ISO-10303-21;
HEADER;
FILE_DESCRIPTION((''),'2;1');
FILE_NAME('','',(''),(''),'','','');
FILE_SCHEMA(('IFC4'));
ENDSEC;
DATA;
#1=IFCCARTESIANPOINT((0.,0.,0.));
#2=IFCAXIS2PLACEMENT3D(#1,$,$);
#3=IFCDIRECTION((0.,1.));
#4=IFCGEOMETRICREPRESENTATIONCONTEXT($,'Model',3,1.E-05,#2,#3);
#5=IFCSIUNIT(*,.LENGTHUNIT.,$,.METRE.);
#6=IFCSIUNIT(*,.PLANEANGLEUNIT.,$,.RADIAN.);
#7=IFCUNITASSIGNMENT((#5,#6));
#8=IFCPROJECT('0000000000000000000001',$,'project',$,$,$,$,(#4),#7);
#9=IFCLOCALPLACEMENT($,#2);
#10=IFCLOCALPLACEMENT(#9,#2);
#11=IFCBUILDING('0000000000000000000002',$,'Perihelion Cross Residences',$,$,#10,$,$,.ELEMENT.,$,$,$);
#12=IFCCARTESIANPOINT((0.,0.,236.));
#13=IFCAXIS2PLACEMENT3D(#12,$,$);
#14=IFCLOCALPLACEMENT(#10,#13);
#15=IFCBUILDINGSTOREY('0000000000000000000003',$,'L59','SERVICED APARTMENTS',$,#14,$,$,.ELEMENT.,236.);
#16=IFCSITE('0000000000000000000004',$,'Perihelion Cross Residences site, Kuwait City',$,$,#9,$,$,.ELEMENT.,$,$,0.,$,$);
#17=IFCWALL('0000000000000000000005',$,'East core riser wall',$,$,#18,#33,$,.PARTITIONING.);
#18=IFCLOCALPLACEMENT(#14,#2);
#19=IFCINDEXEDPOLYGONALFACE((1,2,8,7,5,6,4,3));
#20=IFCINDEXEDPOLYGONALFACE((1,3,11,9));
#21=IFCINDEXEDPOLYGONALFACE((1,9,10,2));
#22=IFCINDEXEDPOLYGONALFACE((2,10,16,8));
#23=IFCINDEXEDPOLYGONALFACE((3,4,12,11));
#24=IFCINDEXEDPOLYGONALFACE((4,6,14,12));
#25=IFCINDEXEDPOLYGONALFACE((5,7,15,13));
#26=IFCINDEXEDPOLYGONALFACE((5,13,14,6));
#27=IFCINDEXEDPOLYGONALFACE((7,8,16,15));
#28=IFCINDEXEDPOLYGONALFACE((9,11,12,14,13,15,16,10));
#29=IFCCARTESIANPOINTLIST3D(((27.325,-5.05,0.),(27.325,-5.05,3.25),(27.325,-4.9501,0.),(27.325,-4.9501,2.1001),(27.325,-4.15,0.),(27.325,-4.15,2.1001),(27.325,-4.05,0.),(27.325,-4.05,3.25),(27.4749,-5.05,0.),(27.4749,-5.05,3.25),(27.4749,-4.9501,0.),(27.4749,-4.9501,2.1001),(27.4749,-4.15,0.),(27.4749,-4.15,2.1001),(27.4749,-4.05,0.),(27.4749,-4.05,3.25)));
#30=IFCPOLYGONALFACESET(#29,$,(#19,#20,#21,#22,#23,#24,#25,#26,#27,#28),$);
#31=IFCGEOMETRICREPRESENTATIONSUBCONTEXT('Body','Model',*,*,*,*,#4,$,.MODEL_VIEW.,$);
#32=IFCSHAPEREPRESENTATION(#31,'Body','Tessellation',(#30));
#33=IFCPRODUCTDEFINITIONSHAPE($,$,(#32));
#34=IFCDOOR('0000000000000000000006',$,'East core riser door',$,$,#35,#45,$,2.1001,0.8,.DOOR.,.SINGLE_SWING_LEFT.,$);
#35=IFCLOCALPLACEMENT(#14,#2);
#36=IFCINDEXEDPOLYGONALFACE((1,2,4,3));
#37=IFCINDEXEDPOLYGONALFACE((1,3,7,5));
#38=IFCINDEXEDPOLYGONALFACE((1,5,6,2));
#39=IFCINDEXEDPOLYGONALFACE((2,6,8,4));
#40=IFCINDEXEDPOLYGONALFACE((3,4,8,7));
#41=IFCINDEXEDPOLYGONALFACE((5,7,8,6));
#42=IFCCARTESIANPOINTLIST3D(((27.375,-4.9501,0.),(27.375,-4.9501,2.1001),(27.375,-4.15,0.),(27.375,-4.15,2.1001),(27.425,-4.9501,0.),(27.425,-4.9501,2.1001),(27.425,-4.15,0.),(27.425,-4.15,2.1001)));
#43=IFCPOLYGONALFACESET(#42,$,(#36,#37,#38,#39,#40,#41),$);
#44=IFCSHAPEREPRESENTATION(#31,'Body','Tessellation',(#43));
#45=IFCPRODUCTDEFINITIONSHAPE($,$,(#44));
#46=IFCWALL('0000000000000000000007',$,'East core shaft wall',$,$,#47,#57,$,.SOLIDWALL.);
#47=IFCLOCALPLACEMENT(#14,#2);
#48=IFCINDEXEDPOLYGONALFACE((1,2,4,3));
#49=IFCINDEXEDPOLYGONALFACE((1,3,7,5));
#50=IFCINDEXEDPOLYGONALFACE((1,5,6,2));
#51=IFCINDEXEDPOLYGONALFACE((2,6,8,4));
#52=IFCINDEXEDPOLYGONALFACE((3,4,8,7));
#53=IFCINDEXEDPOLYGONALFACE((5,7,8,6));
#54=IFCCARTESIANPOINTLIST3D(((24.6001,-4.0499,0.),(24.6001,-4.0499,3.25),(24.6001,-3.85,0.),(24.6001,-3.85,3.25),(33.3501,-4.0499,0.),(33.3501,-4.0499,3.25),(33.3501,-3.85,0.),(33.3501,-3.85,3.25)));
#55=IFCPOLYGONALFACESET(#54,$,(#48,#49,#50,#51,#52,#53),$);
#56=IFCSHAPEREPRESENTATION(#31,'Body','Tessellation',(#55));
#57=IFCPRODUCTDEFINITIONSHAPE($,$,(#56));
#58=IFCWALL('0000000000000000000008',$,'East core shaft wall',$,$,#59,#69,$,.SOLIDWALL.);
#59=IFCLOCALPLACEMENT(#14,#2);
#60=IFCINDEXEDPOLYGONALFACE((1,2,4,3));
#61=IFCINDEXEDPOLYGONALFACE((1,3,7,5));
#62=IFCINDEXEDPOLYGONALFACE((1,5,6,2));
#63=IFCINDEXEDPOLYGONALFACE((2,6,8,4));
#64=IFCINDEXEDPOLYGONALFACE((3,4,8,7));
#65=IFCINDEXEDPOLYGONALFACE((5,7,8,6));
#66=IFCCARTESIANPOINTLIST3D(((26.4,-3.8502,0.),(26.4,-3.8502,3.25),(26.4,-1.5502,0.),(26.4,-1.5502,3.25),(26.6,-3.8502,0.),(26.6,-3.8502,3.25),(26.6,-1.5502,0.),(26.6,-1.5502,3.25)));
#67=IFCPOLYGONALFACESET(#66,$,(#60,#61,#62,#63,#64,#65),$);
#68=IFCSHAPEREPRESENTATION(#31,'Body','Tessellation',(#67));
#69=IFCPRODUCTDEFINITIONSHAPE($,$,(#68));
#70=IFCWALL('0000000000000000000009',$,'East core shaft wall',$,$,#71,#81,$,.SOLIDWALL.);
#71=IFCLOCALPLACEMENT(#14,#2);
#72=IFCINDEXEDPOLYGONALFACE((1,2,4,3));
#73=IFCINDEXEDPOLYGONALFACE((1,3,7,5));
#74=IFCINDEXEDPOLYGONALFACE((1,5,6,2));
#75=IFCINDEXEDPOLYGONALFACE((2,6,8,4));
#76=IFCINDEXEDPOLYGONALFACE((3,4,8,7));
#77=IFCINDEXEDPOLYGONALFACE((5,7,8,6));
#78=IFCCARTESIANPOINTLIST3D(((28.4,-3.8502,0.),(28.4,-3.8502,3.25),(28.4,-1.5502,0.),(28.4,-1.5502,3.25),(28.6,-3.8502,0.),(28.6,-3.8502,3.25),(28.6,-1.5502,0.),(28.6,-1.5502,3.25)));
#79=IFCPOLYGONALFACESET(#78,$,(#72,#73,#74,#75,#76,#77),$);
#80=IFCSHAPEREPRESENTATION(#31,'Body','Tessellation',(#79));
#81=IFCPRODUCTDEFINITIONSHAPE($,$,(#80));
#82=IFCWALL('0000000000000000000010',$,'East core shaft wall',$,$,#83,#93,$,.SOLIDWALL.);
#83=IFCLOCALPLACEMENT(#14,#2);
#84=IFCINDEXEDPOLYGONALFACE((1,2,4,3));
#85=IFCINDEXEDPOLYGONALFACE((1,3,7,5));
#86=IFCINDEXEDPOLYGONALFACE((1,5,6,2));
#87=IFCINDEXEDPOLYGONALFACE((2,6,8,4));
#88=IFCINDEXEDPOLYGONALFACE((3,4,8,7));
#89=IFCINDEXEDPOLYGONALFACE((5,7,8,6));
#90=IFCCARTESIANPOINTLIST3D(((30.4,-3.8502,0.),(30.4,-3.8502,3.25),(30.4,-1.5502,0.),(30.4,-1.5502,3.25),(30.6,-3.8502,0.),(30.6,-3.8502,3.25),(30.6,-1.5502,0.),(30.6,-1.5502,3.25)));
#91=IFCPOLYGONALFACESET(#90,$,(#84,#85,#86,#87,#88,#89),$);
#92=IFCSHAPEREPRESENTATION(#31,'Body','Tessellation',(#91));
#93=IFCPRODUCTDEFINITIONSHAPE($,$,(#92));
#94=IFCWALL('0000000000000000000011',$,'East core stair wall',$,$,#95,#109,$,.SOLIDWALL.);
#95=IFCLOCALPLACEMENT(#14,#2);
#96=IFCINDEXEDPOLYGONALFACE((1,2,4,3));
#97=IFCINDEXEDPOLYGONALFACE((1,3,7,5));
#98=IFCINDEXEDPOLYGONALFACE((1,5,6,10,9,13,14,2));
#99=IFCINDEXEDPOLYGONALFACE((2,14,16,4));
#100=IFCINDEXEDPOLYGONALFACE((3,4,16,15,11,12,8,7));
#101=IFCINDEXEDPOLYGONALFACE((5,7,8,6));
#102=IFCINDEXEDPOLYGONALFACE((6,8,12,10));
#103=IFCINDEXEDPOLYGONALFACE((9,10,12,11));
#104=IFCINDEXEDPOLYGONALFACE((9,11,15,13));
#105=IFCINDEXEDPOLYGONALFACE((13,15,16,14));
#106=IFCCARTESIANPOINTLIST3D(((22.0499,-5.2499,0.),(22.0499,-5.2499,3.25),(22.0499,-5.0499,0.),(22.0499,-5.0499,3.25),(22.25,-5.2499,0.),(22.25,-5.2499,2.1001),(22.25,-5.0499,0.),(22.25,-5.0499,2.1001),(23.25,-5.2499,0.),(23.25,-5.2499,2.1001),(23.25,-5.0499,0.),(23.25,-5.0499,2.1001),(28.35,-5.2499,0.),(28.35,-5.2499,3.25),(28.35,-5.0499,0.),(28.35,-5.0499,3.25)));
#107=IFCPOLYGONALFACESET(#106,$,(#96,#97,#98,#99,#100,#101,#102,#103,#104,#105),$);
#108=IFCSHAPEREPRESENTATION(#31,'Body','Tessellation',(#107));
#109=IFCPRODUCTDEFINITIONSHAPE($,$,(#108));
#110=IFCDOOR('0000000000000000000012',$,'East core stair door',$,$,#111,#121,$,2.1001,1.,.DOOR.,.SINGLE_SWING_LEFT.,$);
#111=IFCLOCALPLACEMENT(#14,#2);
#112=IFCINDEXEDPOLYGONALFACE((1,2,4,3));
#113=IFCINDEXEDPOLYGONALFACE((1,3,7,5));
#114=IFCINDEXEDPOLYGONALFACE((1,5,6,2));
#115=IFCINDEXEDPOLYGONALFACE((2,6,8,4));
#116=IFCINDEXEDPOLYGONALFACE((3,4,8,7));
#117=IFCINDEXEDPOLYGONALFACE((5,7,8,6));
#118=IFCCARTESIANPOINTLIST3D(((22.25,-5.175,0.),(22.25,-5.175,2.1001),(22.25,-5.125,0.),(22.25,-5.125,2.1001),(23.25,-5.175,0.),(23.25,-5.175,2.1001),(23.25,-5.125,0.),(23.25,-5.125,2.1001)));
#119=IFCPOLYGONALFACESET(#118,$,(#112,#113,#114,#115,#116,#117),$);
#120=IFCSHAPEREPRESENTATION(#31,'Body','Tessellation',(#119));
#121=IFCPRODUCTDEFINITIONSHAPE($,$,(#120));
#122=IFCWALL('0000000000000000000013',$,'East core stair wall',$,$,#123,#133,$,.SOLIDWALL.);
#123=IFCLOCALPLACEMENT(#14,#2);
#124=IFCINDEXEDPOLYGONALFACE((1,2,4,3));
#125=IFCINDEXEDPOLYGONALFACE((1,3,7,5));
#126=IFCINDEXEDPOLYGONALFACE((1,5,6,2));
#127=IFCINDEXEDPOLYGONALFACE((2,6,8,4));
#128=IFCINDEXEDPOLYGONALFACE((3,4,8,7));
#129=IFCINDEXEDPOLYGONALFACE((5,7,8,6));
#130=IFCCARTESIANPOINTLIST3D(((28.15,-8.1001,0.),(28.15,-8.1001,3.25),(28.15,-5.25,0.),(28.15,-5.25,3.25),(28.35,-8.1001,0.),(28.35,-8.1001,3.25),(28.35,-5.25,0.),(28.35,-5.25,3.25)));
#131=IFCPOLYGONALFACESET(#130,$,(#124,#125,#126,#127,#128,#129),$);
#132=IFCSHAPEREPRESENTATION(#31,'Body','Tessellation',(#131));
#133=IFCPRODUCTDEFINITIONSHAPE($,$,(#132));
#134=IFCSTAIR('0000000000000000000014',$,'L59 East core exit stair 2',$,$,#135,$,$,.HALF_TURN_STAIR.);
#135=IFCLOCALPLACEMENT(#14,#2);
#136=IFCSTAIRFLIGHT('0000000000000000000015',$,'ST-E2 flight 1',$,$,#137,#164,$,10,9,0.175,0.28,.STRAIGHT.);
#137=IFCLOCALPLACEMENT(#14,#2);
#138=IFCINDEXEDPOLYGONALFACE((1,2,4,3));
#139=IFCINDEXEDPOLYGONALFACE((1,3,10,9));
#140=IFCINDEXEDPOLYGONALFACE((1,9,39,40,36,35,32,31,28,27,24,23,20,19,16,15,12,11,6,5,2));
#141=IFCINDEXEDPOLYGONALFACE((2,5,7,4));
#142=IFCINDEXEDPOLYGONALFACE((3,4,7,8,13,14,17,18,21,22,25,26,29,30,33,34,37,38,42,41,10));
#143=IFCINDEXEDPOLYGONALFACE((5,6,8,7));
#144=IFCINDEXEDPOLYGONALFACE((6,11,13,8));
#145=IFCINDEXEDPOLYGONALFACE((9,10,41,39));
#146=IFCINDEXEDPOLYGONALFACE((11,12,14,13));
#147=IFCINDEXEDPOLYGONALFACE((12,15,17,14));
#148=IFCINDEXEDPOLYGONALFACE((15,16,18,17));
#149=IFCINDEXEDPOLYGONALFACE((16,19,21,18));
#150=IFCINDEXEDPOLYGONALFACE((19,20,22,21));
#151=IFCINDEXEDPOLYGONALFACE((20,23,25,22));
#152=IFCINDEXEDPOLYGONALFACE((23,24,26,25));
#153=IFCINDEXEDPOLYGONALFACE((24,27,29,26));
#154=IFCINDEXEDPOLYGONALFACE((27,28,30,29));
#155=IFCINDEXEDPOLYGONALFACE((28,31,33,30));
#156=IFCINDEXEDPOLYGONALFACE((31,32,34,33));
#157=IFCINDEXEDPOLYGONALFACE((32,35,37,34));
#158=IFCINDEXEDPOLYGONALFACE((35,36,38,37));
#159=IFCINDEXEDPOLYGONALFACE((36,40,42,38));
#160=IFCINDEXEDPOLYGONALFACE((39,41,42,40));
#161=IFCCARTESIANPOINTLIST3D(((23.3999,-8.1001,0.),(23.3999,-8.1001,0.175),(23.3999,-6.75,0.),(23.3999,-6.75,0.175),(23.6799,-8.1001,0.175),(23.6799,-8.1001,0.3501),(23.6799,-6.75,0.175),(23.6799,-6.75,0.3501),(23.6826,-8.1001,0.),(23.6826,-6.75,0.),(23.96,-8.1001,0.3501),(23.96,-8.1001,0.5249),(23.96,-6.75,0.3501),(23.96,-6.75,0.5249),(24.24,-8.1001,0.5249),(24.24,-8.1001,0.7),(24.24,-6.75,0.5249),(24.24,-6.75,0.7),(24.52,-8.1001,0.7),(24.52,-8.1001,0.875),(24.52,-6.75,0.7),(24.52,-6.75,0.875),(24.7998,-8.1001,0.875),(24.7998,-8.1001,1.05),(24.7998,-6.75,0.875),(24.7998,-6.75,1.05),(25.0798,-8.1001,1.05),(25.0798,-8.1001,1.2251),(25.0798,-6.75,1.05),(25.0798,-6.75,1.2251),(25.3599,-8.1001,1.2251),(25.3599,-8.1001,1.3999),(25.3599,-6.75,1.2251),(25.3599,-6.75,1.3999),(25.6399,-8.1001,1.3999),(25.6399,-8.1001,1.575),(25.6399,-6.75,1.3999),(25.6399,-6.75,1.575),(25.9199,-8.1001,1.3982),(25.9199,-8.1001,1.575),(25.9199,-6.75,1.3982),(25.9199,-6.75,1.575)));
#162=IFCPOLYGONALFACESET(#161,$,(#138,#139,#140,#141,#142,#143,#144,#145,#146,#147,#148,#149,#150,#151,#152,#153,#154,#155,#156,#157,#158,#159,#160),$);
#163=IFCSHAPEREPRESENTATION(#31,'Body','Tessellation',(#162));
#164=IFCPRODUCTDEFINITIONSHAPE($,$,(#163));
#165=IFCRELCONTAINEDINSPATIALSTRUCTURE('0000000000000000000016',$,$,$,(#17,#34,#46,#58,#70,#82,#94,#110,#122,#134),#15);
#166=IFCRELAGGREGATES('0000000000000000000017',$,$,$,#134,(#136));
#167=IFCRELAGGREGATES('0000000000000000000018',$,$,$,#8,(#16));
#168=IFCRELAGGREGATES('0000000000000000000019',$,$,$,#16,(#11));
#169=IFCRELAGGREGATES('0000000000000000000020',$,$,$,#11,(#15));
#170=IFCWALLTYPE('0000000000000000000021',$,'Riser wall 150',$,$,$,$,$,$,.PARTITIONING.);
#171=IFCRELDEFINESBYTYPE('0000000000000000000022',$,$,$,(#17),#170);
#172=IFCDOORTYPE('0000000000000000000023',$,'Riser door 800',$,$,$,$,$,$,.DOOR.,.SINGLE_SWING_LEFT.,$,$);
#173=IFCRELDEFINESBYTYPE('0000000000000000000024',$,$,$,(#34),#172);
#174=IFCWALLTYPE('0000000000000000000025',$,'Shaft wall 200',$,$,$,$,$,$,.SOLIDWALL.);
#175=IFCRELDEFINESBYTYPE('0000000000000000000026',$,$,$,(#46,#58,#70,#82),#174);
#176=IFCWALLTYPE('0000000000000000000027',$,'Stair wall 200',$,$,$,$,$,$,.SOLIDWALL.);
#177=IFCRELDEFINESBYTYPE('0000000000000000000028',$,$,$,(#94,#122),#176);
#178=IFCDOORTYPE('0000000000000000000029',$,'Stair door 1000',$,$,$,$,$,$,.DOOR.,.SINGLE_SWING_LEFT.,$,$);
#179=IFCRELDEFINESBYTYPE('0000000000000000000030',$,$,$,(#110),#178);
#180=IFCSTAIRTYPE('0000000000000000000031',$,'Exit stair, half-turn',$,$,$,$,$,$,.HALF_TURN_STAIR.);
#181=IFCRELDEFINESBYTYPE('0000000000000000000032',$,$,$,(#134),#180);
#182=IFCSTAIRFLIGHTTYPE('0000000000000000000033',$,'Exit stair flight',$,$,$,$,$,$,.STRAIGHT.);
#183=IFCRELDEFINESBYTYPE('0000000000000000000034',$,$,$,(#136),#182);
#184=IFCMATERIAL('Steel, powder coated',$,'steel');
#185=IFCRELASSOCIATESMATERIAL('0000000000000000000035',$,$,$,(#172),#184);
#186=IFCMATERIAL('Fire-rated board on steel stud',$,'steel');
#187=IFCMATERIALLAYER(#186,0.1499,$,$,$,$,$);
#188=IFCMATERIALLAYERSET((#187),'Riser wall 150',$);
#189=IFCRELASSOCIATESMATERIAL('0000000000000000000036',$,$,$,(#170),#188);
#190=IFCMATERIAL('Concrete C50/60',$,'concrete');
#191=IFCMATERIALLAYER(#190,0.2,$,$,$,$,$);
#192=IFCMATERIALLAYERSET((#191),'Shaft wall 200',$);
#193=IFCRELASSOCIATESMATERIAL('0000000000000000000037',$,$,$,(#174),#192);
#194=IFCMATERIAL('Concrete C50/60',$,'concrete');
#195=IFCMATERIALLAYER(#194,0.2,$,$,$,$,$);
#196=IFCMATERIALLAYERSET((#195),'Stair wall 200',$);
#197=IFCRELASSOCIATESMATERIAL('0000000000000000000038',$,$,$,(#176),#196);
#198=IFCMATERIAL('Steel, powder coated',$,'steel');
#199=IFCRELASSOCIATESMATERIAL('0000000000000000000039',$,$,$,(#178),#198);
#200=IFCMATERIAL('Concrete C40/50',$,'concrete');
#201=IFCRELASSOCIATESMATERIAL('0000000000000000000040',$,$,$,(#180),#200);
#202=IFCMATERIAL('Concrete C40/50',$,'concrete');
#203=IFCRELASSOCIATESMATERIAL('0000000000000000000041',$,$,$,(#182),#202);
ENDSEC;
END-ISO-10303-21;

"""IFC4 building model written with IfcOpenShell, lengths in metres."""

from ifc_helpers import new_model, si_unit, direction, frame, frame_2d, origin, place, context, subcontext, project, spatial, polyline, rectangle, outline, extrude, material, layer, layer_set, type_object, element, fill, aggregate, save


model = new_model("IFC4")

# Units and contexts
model_context = context("Model", 3, precision=1e-05, world=origin(), true_north=direction((0.0, 1.0)))
body_context = subcontext(model_context, "Body", "Model", "MODEL_VIEW")
ifc_project = project(units=[si_unit("LENGTHUNIT", "METRE"), si_unit("PLANEANGLEUNIT", "RADIAN")], contexts=[model_context])

# Site, building, storey
site_placement = place(None, origin())
site = spatial("IfcSite", under=ifc_project, at=site_placement, Name="Perihelion Cross Residences site, Kuwait City", CompositionType="ELEMENT", RefElevation=0.0)
building_placement = place(site_placement, origin())
building = spatial("IfcBuilding", under=site, at=building_placement, Name="Perihelion Cross Residences", CompositionType="ELEMENT")
storey_placement = place(building_placement, frame((0.0, 0.0, 236.0)))
storey = spatial("IfcBuildingStorey", under=building, at=storey_placement, Name="L59", Description="SERVICED APARTMENTS", CompositionType="ELEMENT", Elevation=236.0)

# Shared definitions
ifc_material_1 = material(Name="Steel, powder coated", Category="steel")
door_type_1 = type_object("IfcDoorType", Name="Riser door 800", OperationType="SINGLE_SWING_LEFT", PredefinedType="DOOR", material=ifc_material_1)

# Wall, opening, door
ifc_material_2 = material(Name="Fire-rated board on steel stud", Category="steel")
ifc_layer_1 = layer(ifc_material_2, 0.1499)
ifc_layer_set_1 = layer_set([ifc_layer_1], Name="Riser wall 150")
wall_type_1 = type_object("IfcWallType", Name="Riser wall 150", PredefinedType="PARTITIONING", material=ifc_layer_set_1)
wall_1_placement = place(storey_placement, frame((27.3999, -5.05, 0.0), z_axis=(0.0, 0.0, 1.0), x_axis=(0.0, 1.0, 0.0)))
wall_1 = element("IfcWall", 1, at=wall_1_placement, inside=storey, type_object=wall_type_1, Name="East core riser wall", PredefinedType="PARTITIONING", context=body_context, shape_type="SweptSolid", body=[
    extrude(rectangle(XDim=1.0, YDim=0.1499, at=frame_2d((0.5, 0.0))), origin(), (0.0, 0.0, 1.0), 3.25),
])
opening_1_placement = place(wall_1_placement, frame((0.1001, 0.0, 0.0)))
opening_1 = element("IfcOpeningElement", 2, at=opening_1_placement, cuts=wall_1, PredefinedType="OPENING", context=body_context, shape_type="SweptSolid", body=[
    extrude(rectangle(XDim=0.8, YDim=2.1001, at=frame_2d((0.3999, 1.05))), frame((0.0, 0.085, 0.0), z_axis=(0.0, -1.0, 0.0), x_axis=(1.0, 0.0, 0.0)), (0.0, 0.0, 1.0), 0.1699),
])
door_1_placement = place(opening_1_placement, origin())
door_1 = element("IfcDoor", 3, at=door_1_placement, inside=storey, type_object=door_type_1, Name="East core riser door", OperationType="SINGLE_SWING_LEFT", OverallHeight=2.1001, OverallWidth=0.8, PredefinedType="DOOR", context=body_context, shape_type="SweptSolid", body=[
    extrude(rectangle(XDim=0.8, YDim=2.1001, at=frame_2d((0.3999, 1.05))), frame((0.0, 0.0249, 0.0), z_axis=(0.0, -1.0, 0.0), x_axis=(1.0, 0.0, 0.0)), (0.0, 0.0, 1.0), 0.05),
])
fill(opening_1, door_1)

# Walls
ifc_material_3 = material(Name="Concrete C50/60", Category="concrete")
ifc_layer_2 = layer(ifc_material_3, 0.2)
ifc_layer_set_2 = layer_set([ifc_layer_2], Name="Shaft wall 200")
wall_type_2 = type_object("IfcWallType", Name="Shaft wall 200", PredefinedType="SOLIDWALL", material=ifc_layer_set_2)
wall_2_placement = place(storey_placement, frame((24.6001, -3.95, 0.0), z_axis=(0.0, 0.0, 1.0), x_axis=(1.0, 0.0, 0.0)))
element("IfcWall", 4, at=wall_2_placement, inside=storey, type_object=wall_type_2, Name="East core shaft wall", PredefinedType="SOLIDWALL", context=body_context, shape_type="SweptSolid", body=[
    extrude(rectangle(XDim=8.75, YDim=0.2, at=frame_2d((4.375, 0.0))), origin(), (0.0, 0.0, 1.0), 3.25),
])
for number, where, z_axis, x_axis, name in (
    (5, (26.5, -3.8501, 0.0), (0.0, 0.0, 1.0), (0.0, 1.0, 0.0), "East core shaft wall"),
    (6, (28.5, -3.8501, 0.0), (0.0, 0.0, 1.0), (0.0, 1.0, 0.0), "East core shaft wall"),
    (7, (30.5, -3.8501, 0.0), (0.0, 0.0, 1.0), (0.0, 1.0, 0.0), "East core shaft wall"),
):
    element("IfcWall", number, at=place(storey_placement, frame(where, z_axis=z_axis, x_axis=x_axis)), inside=storey, type_object=wall_type_2, Name=name, PredefinedType="SOLIDWALL", context=body_context, shape_type="SweptSolid", body=[
        extrude(rectangle(XDim=2.3, YDim=0.2, at=frame_2d((1.1499, 0.0))), origin(), (0.0, 0.0, 1.0), 3.25),
    ])

# Wall, opening, door
ifc_material_4 = material(Name="Concrete C50/60", Category="concrete")
ifc_layer_3 = layer(ifc_material_4, 0.2)
ifc_layer_set_3 = layer_set([ifc_layer_3], Name="Stair wall 200")
wall_type_3 = type_object("IfcWallType", Name="Stair wall 200", PredefinedType="SOLIDWALL", material=ifc_layer_set_3)
wall_3_placement = place(storey_placement, frame((22.05, -5.1499, 0.0), z_axis=(0.0, 0.0, 1.0), x_axis=(1.0, 0.0, 0.0)))
wall_3 = element("IfcWall", 8, at=wall_3_placement, inside=storey, type_object=wall_type_3, Name="East core stair wall", PredefinedType="SOLIDWALL", context=body_context, shape_type="SweptSolid", body=[
    extrude(rectangle(XDim=6.3, YDim=0.2, at=frame_2d((3.1499, 0.0))), origin(), (0.0, 0.0, 1.0), 3.25),
])
opening_2_placement = place(wall_3_placement, frame((0.2, 0.0, 0.0)))
opening_2 = element("IfcOpeningElement", 9, at=opening_2_placement, cuts=wall_3, PredefinedType="OPENING", context=body_context, shape_type="SweptSolid", body=[
    extrude(rectangle(XDim=1.0, YDim=2.1001, at=frame_2d((0.5, 1.05))), frame((0.0, 0.1099, 0.0), z_axis=(0.0, -1.0, 0.0), x_axis=(1.0, 0.0, 0.0)), (0.0, 0.0, 1.0), 0.22),
])
ifc_material_5 = material(Name="Steel, powder coated", Category="steel")
door_type_2 = type_object("IfcDoorType", Name="Stair door 1000", OperationType="SINGLE_SWING_LEFT", PredefinedType="DOOR", material=ifc_material_5)
door_2_placement = place(opening_2_placement, origin())
door_2 = element("IfcDoor", 10, at=door_2_placement, inside=storey, type_object=door_type_2, Name="East core stair door", OperationType="SINGLE_SWING_LEFT", OverallHeight=2.1001, OverallWidth=1.0, PredefinedType="DOOR", context=body_context, shape_type="SweptSolid", body=[
    extrude(rectangle(XDim=1.0, YDim=2.1001, at=frame_2d((0.5, 1.05))), frame((0.0, 0.0249, 0.0), z_axis=(0.0, -1.0, 0.0), x_axis=(1.0, 0.0, 0.0)), (0.0, 0.0, 1.0), 0.05),
])
fill(opening_2, door_2)

# Wall
wall_4_placement = place(storey_placement, frame((28.25, -8.1001, 0.0), z_axis=(0.0, 0.0, 1.0), x_axis=(0.0, 1.0, 0.0)))
element("IfcWall", 11, at=wall_4_placement, inside=storey, type_object=wall_type_3, Name="East core stair wall", PredefinedType="SOLIDWALL", context=body_context, shape_type="SweptSolid", body=[
    extrude(rectangle(XDim=2.8501, YDim=0.2, at=frame_2d((1.425, 0.0))), origin(), (0.0, 0.0, 1.0), 3.25),
])

# Stair, stair flight
ifc_material_6 = material(Name="Concrete C40/50", Category="concrete")
stair_type = type_object("IfcStairType", Name="Exit stair, half-turn", PredefinedType="HALF_TURN_STAIR", material=ifc_material_6)
stair_placement = place(storey_placement, origin())
stair = element("IfcStair", 12, at=stair_placement, inside=storey, type_object=stair_type, Name="L59 East core exit stair 2", PredefinedType="HALF_TURN_STAIR")
ifc_material_7 = material(Name="Concrete C40/50", Category="concrete")
stair_flight_type = type_object("IfcStairFlightType", Name="Exit stair flight", PredefinedType="STRAIGHT", material=ifc_material_7)
stair_flight_1_placement = place(storey_placement, frame((23.3999, -7.425, 0.0), z_axis=(0.0, 0.0, 1.0), x_axis=(1.0, 0.0, 0.0)))
stair_flight_1 = element("IfcStairFlight", 13, at=stair_flight_1_placement, type_object=stair_flight_type, Name="ST-E2 flight 1", NumberOfRisers=10, NumberOfTreads=9, PredefinedType="STRAIGHT", RiserHeight=0.175, TreadLength=0.28, context=body_context, shape_type="SweptSolid", body=[
    extrude(outline(polyline([(0.0, 0.0), (0.0, 0.175), (0.28, 0.175), (0.28, 0.3501), (0.5601, 0.3501), (0.5601, 0.5249), (0.8401, 0.5249), (0.8401, 0.7), (1.1201, 0.7), (1.1201, 0.875), (1.3999, 0.875), (1.3999, 1.05), (1.6799, 1.05), (1.6799, 1.2251), (1.96, 1.2251), (1.96, 1.3999), (2.24, 1.3999), (2.24, 1.575), (2.52, 1.575), (2.52, 1.75), (2.52, 1.3982), (0.2827, 0.0), (0.0, 0.0)])), frame((0.0, 0.675, 0.0), z_axis=(0.0, -1.0, 0.0), x_axis=(1.0, 0.0, 0.0)), (0.0, 0.0, 1.0), 1.3501),
])
aggregate(stair, [stair_flight_1])

save(model, "model.ifc")
